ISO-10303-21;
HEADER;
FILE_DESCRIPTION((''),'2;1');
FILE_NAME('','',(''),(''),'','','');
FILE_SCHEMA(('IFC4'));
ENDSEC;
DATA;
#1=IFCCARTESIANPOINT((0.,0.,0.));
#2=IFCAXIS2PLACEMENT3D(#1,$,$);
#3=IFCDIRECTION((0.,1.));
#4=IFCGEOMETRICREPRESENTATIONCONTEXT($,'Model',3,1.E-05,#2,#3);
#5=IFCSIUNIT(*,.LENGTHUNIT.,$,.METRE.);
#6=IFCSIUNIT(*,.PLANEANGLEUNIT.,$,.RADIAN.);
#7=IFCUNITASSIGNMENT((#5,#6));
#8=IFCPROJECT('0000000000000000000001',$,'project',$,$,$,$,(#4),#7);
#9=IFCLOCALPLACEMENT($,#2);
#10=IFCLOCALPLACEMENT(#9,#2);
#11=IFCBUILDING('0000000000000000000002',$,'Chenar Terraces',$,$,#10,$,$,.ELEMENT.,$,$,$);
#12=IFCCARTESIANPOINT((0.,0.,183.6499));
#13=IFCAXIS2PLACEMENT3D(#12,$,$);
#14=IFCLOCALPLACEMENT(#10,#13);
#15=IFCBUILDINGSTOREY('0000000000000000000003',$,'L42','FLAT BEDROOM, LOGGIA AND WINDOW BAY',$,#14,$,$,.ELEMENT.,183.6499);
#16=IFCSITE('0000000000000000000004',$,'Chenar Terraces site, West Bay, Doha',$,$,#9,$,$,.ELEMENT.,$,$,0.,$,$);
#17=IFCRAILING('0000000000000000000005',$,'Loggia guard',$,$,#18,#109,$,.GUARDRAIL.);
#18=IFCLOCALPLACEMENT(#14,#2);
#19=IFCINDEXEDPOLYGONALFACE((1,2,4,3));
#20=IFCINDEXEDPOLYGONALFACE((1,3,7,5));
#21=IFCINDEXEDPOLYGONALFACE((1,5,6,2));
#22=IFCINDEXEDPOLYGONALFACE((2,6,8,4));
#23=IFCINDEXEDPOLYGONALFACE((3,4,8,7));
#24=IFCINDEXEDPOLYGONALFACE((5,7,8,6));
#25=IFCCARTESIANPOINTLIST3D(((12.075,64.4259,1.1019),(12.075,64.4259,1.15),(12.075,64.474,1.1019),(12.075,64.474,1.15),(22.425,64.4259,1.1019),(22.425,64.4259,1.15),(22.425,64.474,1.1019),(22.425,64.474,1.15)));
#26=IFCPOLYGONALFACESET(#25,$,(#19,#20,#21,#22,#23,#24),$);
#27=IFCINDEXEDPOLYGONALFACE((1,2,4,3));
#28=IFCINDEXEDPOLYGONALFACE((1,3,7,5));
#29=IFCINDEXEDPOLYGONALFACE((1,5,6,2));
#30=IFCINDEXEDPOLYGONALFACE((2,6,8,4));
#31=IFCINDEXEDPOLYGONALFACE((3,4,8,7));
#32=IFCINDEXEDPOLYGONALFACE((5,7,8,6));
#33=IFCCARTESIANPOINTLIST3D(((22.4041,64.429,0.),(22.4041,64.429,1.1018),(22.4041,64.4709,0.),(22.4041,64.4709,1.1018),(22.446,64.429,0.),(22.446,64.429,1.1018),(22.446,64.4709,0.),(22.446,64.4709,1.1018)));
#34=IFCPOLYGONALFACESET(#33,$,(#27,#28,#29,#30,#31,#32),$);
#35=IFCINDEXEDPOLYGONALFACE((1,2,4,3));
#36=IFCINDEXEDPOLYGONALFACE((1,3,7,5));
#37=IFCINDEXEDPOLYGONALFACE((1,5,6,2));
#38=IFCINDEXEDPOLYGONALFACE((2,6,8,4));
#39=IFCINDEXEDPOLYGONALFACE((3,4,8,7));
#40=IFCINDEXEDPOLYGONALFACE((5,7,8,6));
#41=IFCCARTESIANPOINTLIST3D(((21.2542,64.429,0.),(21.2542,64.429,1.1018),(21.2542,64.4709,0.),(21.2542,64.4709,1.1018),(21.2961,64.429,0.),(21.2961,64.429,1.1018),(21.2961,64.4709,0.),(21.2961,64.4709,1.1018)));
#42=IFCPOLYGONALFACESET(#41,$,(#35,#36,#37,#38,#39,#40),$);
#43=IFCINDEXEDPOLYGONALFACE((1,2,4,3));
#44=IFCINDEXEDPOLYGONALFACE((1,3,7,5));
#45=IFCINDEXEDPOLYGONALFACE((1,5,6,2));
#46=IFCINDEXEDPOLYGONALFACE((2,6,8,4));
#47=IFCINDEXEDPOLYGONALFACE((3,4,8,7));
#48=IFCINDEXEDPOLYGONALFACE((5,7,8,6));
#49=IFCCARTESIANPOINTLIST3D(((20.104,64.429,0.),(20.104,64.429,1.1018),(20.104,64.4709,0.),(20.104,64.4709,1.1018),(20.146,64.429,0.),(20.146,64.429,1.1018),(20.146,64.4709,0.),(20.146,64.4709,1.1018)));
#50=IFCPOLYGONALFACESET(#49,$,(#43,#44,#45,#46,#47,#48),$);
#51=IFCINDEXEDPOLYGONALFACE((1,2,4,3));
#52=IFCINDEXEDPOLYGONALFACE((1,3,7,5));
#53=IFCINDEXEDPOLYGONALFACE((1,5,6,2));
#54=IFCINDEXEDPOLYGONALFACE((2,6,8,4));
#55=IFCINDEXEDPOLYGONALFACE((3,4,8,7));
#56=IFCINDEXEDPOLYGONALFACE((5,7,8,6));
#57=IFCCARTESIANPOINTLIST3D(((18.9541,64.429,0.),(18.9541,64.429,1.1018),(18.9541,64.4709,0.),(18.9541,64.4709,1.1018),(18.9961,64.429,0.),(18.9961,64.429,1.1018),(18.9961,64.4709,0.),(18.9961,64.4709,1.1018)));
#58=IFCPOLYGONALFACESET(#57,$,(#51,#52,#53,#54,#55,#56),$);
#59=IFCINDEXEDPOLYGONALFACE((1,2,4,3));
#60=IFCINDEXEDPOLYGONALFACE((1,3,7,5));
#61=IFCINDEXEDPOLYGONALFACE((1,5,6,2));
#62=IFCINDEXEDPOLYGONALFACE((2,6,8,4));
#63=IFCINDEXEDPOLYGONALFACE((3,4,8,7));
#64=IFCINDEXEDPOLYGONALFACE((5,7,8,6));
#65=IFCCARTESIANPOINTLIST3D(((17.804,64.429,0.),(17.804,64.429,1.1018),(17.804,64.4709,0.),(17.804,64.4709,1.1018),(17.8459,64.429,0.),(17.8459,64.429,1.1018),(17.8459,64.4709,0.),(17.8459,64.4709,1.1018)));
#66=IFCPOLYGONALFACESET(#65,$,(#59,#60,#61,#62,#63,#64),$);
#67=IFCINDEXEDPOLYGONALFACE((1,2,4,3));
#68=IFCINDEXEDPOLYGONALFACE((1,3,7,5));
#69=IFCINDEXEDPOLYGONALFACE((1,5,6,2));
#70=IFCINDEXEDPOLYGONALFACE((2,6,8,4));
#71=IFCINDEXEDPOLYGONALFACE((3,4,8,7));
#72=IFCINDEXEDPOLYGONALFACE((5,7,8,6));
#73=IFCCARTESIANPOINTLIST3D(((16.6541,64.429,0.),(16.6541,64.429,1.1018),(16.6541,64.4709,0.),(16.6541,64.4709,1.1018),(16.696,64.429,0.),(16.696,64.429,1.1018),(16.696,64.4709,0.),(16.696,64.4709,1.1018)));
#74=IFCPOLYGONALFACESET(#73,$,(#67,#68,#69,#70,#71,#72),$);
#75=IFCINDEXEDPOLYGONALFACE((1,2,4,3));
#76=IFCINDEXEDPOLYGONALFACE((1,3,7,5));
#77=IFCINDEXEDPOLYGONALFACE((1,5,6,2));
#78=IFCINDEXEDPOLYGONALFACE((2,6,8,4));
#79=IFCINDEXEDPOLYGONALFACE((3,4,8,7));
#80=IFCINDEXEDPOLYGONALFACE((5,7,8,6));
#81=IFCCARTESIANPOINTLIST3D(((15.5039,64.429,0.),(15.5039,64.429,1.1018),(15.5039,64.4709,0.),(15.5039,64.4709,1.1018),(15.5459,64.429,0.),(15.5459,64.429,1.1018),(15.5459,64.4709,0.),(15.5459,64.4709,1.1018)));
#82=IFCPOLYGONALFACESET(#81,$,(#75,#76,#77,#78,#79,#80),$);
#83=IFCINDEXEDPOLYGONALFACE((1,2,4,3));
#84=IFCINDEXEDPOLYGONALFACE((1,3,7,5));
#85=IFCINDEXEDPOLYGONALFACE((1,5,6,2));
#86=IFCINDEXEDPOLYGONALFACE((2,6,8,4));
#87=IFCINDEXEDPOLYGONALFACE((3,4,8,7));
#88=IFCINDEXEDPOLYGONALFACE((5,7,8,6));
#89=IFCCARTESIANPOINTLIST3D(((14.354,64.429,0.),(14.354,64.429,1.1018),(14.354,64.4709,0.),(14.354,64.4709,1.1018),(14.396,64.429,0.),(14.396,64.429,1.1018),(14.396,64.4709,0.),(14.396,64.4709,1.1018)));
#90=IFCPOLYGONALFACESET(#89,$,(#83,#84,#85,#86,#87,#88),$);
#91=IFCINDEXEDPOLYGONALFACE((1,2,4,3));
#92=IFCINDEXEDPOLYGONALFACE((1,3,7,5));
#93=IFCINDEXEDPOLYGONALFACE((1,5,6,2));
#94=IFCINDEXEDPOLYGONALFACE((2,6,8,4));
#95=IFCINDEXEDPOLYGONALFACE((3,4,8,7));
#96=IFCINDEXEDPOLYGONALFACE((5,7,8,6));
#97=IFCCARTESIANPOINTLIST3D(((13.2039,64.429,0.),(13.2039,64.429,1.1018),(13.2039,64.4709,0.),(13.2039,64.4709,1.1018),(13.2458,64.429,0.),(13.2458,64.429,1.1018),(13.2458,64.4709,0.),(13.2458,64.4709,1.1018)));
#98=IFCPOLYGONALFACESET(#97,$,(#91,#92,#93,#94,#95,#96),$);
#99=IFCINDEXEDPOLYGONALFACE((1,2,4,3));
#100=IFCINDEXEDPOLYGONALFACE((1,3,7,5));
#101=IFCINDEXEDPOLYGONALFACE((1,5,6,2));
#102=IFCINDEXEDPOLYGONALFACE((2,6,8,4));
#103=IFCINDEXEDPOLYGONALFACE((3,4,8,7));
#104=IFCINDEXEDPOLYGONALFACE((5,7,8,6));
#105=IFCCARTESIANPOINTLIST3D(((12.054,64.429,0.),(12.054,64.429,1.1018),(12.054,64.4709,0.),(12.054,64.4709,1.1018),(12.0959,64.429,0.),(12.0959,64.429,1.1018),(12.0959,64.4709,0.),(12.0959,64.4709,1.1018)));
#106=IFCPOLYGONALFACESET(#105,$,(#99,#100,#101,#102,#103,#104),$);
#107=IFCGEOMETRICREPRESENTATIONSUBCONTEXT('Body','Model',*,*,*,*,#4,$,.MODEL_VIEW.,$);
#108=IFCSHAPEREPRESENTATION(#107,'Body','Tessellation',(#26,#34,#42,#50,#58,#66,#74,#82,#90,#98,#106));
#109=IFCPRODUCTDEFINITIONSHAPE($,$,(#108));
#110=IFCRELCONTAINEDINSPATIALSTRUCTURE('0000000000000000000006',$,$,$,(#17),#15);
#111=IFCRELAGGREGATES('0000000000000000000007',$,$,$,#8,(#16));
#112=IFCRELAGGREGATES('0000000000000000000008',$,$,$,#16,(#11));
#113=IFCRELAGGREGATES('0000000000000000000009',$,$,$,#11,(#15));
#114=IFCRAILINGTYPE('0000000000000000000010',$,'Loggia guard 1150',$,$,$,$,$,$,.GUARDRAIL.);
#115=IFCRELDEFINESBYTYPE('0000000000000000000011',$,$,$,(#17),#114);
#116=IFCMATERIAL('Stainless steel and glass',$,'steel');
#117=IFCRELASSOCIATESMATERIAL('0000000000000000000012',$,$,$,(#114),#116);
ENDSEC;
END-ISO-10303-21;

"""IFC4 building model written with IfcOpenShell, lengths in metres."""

from ifc_helpers import new_model, si_unit, direction, frame, origin, origin_2d, place, context, subcontext, project, spatial, rectangle, extrude, material, type_object, element, save


model = new_model("IFC4")

# Units and contexts
model_context = context("Model", 3, precision=1e-05, world=origin(), true_north=direction((0.0, 1.0)))
body_context = subcontext(model_context, "Body", "Model", "MODEL_VIEW")
ifc_project = project(units=[si_unit("LENGTHUNIT", "METRE"), si_unit("PLANEANGLEUNIT", "RADIAN")], contexts=[model_context])

# Site, building, storey
site_placement = place(None, origin())
site = spatial("IfcSite", under=ifc_project, at=site_placement, Name="Chenar Terraces site, West Bay, Doha", CompositionType="ELEMENT", RefElevation=0.0)
building_placement = place(site_placement, origin())
building = spatial("IfcBuilding", under=site, at=building_placement, Name="Chenar Terraces", CompositionType="ELEMENT")
storey_placement = place(building_placement, frame((0.0, 0.0, 183.6499)))
storey = spatial("IfcBuildingStorey", under=building, at=storey_placement, Name="L42", Description="FLAT BEDROOM, LOGGIA AND WINDOW BAY", CompositionType="ELEMENT", Elevation=183.6499)

# Railing
ifc_material_1 = material(Name="Stainless steel and glass", Category="steel")
railing_type_1 = type_object("IfcRailingType", Name="Loggia guard 1150", PredefinedType="GUARDRAIL", material=ifc_material_1)
railing_1_placement = place(storey_placement, frame((22.425, 64.45, 0.0)))
element("IfcRailing", 1, at=railing_1_placement, inside=storey, type_object=railing_type_1, Name="Loggia guard", PredefinedType="GUARDRAIL", context=body_context, shape_type="SweptSolid", body=[
    extrude(rectangle(XDim=0.0481, YDim=0.0481, at=origin_2d()), frame((0.0, 0.0, 1.126), z_axis=(-1.0, 0.0, 0.0), x_axis=(0.0, -1.0, 0.0)), (0.0, 0.0, 1.0), 10.3501),
    extrude(rectangle(XDim=0.042, YDim=0.042, at=origin_2d()), origin(), (0.0, 0.0, 1.0), 1.1018),
    extrude(rectangle(XDim=0.042, YDim=0.042, at=origin_2d()), frame((-1.1499, 0.0, 0.0)), (0.0, 0.0, 1.0), 1.1018),
    extrude(rectangle(XDim=0.042, YDim=0.042, at=origin_2d()), frame((-2.3, 0.0, 0.0)), (0.0, 0.0, 1.0), 1.1018),
    extrude(rectangle(XDim=0.042, YDim=0.042, at=origin_2d()), frame((-3.45, 0.0, 0.0)), (0.0, 0.0, 1.0), 1.1018),
    extrude(rectangle(XDim=0.042, YDim=0.042, at=origin_2d()), frame((-4.6001, 0.0, 0.0)), (0.0, 0.0, 1.0), 1.1018),
    extrude(rectangle(XDim=0.042, YDim=0.042, at=origin_2d()), frame((-5.75, 0.0, 0.0)), (0.0, 0.0, 1.0), 1.1018),
    extrude(rectangle(XDim=0.042, YDim=0.042, at=origin_2d()), frame((-6.9001, 0.0, 0.0)), (0.0, 0.0, 1.0), 1.1018),
    extrude(rectangle(XDim=0.042, YDim=0.042, at=origin_2d()), frame((-8.05, 0.0, 0.0)), (0.0, 0.0, 1.0), 1.1018),
    extrude(rectangle(XDim=0.042, YDim=0.042, at=origin_2d()), frame((-9.2002, 0.0, 0.0)), (0.0, 0.0, 1.0), 1.1018),
    extrude(rectangle(XDim=0.042, YDim=0.042, at=origin_2d()), frame((-10.3501, 0.0, 0.0)), (0.0, 0.0, 1.0), 1.1018),
])

save(model, "model.ifc")
